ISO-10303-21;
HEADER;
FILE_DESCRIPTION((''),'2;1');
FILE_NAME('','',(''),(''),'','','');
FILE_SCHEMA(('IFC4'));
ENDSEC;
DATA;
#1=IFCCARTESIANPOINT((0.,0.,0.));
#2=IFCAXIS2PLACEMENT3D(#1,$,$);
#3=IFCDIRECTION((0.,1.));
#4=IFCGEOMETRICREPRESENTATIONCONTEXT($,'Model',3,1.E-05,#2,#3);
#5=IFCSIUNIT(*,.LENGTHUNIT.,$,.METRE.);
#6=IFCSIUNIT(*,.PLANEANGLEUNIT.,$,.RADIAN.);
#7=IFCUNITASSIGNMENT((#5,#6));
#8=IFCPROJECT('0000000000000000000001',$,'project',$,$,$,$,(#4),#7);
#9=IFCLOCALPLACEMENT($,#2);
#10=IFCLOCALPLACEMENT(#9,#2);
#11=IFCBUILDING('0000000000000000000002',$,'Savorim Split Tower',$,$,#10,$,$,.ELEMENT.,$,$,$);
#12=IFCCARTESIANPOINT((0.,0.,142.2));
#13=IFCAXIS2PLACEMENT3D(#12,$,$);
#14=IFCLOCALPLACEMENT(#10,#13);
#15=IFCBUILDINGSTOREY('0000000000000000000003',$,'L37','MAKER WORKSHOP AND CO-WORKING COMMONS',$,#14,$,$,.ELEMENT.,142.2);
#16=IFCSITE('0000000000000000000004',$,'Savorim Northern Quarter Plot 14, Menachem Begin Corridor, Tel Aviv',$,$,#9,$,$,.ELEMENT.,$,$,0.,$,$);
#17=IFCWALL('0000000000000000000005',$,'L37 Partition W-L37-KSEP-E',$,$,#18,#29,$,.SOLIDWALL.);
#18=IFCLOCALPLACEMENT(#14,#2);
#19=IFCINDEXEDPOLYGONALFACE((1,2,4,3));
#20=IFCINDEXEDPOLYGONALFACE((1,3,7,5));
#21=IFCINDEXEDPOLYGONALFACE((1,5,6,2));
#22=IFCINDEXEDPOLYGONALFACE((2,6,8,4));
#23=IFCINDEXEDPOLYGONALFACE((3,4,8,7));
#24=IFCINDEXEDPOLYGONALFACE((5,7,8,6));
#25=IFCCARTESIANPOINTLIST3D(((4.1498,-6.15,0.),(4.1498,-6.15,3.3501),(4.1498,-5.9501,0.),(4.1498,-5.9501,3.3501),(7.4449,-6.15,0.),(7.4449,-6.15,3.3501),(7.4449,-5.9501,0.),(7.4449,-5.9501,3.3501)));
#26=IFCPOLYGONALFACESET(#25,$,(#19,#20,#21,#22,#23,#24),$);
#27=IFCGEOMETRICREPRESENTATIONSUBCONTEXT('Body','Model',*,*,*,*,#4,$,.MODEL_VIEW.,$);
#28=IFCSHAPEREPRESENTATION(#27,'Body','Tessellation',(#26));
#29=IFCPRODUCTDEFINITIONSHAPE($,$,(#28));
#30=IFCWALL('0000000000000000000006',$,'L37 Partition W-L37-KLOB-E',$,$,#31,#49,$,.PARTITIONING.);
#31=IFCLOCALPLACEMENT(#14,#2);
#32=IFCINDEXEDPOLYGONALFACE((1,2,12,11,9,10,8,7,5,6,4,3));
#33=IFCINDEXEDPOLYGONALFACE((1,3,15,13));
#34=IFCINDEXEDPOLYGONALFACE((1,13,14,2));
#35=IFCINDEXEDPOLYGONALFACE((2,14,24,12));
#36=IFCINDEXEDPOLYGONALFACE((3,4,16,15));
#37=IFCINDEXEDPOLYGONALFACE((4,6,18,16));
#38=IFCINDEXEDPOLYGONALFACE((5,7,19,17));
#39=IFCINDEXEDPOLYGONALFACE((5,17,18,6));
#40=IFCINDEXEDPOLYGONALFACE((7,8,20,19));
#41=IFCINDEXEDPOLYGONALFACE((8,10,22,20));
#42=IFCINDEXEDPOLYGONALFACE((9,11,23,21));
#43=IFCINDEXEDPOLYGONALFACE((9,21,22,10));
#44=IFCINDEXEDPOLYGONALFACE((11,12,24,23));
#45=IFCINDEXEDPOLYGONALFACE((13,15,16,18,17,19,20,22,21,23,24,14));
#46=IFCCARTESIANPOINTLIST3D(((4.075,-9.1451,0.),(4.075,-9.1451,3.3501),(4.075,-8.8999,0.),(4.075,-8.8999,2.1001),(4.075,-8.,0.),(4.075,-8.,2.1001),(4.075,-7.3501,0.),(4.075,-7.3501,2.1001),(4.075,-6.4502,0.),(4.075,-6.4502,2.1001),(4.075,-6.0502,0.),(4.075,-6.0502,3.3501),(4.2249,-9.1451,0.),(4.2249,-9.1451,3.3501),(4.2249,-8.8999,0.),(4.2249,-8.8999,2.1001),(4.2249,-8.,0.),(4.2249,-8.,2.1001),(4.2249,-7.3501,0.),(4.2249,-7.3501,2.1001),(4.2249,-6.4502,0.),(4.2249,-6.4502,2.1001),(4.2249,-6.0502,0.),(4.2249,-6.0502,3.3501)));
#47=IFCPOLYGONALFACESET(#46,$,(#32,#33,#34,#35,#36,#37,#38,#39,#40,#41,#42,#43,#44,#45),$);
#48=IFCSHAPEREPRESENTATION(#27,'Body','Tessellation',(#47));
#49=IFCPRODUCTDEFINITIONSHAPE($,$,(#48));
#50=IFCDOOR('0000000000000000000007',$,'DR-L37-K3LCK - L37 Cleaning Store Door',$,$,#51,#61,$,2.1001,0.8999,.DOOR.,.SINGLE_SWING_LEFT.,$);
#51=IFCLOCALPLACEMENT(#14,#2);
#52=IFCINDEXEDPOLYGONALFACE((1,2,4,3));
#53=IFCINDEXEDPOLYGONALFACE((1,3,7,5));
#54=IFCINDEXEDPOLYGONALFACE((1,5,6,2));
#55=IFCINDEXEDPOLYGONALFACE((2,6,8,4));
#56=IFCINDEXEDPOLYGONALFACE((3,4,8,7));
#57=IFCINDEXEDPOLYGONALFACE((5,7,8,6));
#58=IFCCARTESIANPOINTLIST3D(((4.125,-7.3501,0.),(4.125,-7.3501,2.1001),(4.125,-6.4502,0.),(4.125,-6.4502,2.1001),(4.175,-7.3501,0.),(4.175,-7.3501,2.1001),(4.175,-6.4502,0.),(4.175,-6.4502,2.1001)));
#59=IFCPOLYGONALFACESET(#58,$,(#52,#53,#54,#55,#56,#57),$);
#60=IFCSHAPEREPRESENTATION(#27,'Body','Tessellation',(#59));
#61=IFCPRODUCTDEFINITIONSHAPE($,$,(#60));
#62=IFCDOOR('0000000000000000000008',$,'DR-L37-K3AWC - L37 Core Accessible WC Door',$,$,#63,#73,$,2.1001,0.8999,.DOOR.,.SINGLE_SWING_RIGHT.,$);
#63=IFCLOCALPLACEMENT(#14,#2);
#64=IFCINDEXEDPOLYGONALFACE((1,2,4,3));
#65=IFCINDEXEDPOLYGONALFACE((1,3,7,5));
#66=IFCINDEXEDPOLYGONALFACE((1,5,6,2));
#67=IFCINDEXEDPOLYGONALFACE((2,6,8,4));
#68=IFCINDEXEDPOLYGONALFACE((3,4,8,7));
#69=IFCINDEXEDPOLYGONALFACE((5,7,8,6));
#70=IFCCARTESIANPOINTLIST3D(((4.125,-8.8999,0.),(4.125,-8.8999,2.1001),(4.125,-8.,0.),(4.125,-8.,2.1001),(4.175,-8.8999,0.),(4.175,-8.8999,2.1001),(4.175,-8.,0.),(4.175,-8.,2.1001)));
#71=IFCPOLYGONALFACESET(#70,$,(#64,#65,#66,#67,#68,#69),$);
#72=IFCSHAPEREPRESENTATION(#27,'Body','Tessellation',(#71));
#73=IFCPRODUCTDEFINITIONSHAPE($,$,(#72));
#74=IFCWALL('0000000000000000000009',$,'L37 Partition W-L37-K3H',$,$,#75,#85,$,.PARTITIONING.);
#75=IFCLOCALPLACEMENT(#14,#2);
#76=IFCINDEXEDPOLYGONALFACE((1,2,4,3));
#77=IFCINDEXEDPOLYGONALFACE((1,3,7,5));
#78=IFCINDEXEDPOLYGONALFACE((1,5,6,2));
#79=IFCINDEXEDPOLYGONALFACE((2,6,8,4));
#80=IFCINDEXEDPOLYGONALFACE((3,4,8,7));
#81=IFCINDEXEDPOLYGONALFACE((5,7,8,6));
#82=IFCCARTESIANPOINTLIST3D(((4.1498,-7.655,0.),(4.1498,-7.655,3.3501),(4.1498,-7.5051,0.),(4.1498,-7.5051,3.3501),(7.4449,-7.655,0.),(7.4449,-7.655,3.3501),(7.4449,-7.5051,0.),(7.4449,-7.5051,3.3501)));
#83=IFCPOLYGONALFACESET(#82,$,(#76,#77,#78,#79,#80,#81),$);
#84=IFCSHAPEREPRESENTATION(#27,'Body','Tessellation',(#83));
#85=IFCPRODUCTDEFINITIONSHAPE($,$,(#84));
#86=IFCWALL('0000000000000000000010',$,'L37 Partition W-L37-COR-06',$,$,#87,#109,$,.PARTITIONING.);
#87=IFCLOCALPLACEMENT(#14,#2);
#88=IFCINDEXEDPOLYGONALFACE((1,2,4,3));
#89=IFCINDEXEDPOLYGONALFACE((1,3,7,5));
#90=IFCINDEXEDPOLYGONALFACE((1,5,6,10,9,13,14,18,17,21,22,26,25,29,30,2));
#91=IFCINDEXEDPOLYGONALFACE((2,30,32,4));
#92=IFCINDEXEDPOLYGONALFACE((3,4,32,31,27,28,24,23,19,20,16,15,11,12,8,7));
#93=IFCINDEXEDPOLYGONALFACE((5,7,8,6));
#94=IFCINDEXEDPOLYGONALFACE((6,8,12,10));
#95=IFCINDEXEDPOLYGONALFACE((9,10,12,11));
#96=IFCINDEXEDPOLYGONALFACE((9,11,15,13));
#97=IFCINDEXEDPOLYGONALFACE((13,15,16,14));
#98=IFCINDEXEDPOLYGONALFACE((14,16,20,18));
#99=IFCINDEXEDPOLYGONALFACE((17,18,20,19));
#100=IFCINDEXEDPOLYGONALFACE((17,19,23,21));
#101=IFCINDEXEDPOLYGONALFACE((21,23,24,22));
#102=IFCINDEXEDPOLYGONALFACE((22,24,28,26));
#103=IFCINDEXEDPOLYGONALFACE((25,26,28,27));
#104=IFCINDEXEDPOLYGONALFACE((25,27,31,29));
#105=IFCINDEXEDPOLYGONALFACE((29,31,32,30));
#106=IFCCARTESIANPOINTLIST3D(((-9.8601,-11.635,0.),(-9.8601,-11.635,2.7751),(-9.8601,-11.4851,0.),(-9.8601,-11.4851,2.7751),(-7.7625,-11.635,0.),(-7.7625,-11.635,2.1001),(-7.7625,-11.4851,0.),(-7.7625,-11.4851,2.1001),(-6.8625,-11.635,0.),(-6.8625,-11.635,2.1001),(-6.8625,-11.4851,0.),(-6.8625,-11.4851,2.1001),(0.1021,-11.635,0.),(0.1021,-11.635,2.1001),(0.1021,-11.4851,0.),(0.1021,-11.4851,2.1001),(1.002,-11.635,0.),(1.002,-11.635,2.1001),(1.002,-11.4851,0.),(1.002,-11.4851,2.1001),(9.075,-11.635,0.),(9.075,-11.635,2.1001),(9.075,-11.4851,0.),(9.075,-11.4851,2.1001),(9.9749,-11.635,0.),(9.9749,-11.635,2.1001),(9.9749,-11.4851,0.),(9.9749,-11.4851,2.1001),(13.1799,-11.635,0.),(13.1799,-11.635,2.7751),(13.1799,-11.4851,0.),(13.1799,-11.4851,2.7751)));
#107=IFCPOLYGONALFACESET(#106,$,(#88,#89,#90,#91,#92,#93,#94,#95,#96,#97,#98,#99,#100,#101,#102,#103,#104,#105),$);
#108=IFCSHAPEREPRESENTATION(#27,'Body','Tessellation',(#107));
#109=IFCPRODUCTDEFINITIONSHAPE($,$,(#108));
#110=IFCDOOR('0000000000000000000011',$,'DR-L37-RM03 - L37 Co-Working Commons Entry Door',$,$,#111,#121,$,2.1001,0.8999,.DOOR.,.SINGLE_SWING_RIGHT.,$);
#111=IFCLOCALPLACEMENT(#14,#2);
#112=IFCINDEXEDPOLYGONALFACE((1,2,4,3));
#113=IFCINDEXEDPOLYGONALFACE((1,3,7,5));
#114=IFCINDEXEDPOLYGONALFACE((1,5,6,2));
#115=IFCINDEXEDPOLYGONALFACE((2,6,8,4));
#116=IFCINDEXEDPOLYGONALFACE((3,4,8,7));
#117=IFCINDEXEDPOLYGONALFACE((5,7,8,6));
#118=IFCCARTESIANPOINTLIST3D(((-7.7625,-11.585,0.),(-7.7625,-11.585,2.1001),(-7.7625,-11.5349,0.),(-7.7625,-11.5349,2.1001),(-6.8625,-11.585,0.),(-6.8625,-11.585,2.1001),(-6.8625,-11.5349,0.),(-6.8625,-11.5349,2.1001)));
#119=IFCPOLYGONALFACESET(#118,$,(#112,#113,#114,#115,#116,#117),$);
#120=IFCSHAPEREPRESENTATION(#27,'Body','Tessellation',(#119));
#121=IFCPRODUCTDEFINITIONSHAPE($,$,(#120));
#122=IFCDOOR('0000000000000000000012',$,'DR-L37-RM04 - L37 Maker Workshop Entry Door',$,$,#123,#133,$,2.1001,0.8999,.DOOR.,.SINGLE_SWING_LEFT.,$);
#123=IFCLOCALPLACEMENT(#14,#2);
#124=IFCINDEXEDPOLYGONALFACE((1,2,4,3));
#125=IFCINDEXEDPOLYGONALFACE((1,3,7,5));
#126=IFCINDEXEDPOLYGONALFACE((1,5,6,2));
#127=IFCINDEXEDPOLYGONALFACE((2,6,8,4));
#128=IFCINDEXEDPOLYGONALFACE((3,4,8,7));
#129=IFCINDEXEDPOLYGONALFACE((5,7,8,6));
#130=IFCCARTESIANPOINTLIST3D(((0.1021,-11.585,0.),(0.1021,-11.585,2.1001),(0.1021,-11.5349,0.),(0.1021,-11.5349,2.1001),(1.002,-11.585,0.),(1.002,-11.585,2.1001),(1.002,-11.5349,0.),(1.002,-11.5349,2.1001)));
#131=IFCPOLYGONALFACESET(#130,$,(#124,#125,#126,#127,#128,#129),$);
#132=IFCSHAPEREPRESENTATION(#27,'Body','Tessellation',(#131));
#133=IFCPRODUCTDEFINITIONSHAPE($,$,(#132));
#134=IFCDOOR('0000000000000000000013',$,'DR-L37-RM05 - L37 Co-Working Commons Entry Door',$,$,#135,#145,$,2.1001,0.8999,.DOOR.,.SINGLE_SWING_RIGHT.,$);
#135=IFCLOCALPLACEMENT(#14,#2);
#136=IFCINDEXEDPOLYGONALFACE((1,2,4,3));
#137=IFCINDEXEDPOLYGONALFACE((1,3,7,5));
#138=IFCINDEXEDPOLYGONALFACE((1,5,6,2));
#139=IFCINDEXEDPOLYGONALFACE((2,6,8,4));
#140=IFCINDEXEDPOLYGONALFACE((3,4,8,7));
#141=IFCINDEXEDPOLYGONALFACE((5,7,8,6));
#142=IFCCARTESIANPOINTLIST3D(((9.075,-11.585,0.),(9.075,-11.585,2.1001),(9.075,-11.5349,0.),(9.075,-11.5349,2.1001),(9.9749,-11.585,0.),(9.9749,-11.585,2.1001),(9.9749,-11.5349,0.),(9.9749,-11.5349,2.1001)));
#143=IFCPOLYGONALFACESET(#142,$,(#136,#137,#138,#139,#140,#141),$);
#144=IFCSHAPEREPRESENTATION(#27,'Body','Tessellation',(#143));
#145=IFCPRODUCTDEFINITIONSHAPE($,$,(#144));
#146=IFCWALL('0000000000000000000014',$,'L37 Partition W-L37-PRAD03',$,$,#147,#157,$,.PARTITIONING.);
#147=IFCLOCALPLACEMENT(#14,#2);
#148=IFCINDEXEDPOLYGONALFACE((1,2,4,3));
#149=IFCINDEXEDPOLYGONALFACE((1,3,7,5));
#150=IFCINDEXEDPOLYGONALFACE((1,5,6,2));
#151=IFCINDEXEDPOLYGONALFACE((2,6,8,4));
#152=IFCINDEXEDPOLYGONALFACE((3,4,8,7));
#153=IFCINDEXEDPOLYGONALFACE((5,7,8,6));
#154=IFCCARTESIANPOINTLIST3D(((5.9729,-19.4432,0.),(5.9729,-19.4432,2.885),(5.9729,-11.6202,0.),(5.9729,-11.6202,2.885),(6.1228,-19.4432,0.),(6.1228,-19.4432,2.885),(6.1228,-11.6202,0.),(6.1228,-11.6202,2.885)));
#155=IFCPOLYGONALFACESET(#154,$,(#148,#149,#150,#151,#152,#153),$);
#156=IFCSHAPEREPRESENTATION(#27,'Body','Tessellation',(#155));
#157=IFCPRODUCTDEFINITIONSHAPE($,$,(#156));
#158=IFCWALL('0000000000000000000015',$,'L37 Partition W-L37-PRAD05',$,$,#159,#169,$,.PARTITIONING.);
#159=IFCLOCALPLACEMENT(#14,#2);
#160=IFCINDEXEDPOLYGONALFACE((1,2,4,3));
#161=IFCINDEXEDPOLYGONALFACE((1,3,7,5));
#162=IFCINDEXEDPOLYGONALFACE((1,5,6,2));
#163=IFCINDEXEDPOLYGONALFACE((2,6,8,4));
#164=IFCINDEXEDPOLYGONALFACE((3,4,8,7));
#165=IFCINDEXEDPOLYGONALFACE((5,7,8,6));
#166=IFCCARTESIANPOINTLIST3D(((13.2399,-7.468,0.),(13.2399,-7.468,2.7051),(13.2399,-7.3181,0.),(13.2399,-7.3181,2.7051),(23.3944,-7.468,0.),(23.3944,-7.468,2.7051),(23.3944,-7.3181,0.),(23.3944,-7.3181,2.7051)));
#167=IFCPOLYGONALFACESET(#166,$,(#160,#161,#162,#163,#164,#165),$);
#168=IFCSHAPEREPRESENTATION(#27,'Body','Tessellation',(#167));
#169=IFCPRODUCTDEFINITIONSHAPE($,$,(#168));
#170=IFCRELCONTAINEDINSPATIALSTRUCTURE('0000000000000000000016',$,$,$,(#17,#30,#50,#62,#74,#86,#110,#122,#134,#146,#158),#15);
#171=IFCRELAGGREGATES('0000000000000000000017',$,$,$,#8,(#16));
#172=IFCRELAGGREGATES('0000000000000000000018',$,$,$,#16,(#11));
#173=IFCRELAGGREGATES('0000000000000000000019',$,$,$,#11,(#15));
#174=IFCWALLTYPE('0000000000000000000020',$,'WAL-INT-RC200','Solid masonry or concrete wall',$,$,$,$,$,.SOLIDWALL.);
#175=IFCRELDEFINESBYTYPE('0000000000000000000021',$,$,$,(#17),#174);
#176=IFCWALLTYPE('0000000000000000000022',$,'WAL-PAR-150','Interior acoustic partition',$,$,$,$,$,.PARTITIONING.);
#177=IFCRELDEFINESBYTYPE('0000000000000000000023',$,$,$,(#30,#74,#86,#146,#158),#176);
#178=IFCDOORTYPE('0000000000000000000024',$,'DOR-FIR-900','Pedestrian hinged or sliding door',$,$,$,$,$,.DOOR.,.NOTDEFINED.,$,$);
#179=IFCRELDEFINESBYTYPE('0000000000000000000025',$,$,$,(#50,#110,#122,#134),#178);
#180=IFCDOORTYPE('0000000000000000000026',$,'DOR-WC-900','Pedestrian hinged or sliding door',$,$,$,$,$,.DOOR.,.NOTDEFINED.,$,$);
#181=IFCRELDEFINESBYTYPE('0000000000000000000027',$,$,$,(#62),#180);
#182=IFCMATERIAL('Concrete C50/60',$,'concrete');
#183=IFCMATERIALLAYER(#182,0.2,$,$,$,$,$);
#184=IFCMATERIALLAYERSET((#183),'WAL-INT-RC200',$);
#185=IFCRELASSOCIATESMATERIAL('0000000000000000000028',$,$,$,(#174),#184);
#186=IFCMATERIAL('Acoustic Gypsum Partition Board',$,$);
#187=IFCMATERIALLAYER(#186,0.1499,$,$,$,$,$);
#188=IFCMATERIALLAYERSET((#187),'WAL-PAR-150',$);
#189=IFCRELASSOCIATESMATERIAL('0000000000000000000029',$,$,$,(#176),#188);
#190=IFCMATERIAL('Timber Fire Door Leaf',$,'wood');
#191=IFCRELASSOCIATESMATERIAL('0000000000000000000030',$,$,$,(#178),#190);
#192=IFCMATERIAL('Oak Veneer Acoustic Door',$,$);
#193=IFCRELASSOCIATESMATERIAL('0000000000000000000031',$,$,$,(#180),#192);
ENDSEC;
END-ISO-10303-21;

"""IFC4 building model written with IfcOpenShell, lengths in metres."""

from ifc_helpers import new_model, si_unit, direction, frame, frame_2d, origin, place, context, subcontext, project, spatial, rectangle, extrude, material, layer, layer_set, type_object, element, fill, save


model = new_model("IFC4")

# Units and contexts
model_context = context("Model", 3, precision=1e-05, world=origin(), true_north=direction((0.0, 1.0)))
body_context = subcontext(model_context, "Body", "Model", "MODEL_VIEW")
ifc_project = project(units=[si_unit("LENGTHUNIT", "METRE"), si_unit("PLANEANGLEUNIT", "RADIAN")], contexts=[model_context])

# Site, building, storey
site_placement = place(None, origin())
site = spatial("IfcSite", under=ifc_project, at=site_placement, Name="Savorim Northern Quarter Plot 14, Menachem Begin Corridor, Tel Aviv", CompositionType="ELEMENT", RefElevation=0.0)
building_placement = place(site_placement, origin())
building = spatial("IfcBuilding", under=site, at=building_placement, Name="Savorim Split Tower", CompositionType="ELEMENT")
storey_placement = place(building_placement, frame((0.0, 0.0, 142.2)))
storey = spatial("IfcBuildingStorey", under=building, at=storey_placement, Name="L37", Description="MAKER WORKSHOP AND CO-WORKING COMMONS", CompositionType="ELEMENT", Elevation=142.2)

# Shared definitions
ifc_material_1 = material(Name="Concrete C50/60", Category="concrete")
ifc_layer_1 = layer(ifc_material_1, 0.2)
ifc_layer_set_1 = layer_set([ifc_layer_1], Name="WAL-INT-RC200")
wall_type_1 = type_object("IfcWallType", Name="WAL-INT-RC200", Description="Solid masonry or concrete wall", PredefinedType="SOLIDWALL", material=ifc_layer_set_1)
ifc_material_2 = material(Name="Timber Fire Door Leaf", Category="wood")

# Wall
wall_1_placement = place(storey_placement, frame((4.1499, -6.05, 0.0), z_axis=(0.0, 0.0, 1.0), x_axis=(1.0, 0.0, 0.0)))
element("IfcWall", 1, at=wall_1_placement, inside=storey, type_object=wall_type_1, Name="L37 Partition W-L37-KSEP-E", PredefinedType="SOLIDWALL", context=body_context, shape_type="SweptSolid", body=[
    extrude(rectangle(XDim=3.2952, YDim=0.2, at=frame_2d((1.6475, 0.0))), origin(), (0.0, 0.0, 1.0), 3.3501),
])

# Wall, openings, doors
ifc_material_3 = material(Name="Acoustic Gypsum Partition Board")
ifc_layer_2 = layer(ifc_material_3, 0.1499)
ifc_layer_set_2 = layer_set([ifc_layer_2], Name="WAL-PAR-150")
wall_type_2 = type_object("IfcWallType", Name="WAL-PAR-150", Description="Interior acoustic partition", PredefinedType="PARTITIONING", material=ifc_layer_set_2)
wall_2_placement = place(storey_placement, frame((4.1499, -9.145, 0.0), z_axis=(0.0, 0.0, 1.0), x_axis=(0.0, 1.0, 0.0)))
wall_2 = element("IfcWall", 2, at=wall_2_placement, inside=storey, type_object=wall_type_2, Name="L37 Partition W-L37-KLOB-E", PredefinedType="PARTITIONING", context=body_context, shape_type="SweptSolid", body=[
    extrude(rectangle(XDim=3.095, YDim=0.1499, at=frame_2d((1.5474, 0.0))), origin(), (0.0, 0.0, 1.0), 3.3501),
])
opening_1_placement = place(wall_2_placement, frame((0.2451, 0.0, 0.0)))
opening_1 = element("IfcOpeningElement", 3, at=opening_1_placement, cuts=wall_2, PredefinedType="OPENING", context=body_context, shape_type="SweptSolid", body=[
    extrude(rectangle(XDim=0.8999, YDim=2.1001, at=frame_2d((0.45, 1.05))), frame((0.0, 0.085, 0.0), z_axis=(0.0, -1.0, 0.0), x_axis=(1.0, 0.0, 0.0)), (0.0, 0.0, 1.0), 0.1699),
])
opening_2_placement = place(wall_2_placement, frame((1.7949, 0.0, 0.0)))
opening_2 = element("IfcOpeningElement", 4, at=opening_2_placement, cuts=wall_2, PredefinedType="OPENING", context=body_context, shape_type="SweptSolid", body=[
    extrude(rectangle(XDim=0.8999, YDim=2.1001, at=frame_2d((0.45, 1.05))), frame((0.0, 0.085, 0.0), z_axis=(0.0, -1.0, 0.0), x_axis=(1.0, 0.0, 0.0)), (0.0, 0.0, 1.0), 0.1699),
])
door_type_1 = type_object("IfcDoorType", Name="DOR-FIR-900", Description="Pedestrian hinged or sliding door", OperationType="NOTDEFINED", PredefinedType="DOOR", material=ifc_material_2)
door_1_placement = place(opening_2_placement, origin())
door_1 = element("IfcDoor", 5, at=door_1_placement, inside=storey, type_object=door_type_1, Name="DR-L37-K3LCK - L37 Cleaning Store Door", OperationType="SINGLE_SWING_LEFT", OverallHeight=2.1001, OverallWidth=0.8999, PredefinedType="DOOR", context=body_context, shape_type="SweptSolid", body=[
    extrude(rectangle(XDim=0.8999, YDim=2.1001, at=frame_2d((0.45, 1.05))), frame((0.0, 0.0249, 0.0), z_axis=(0.0, -1.0, 0.0), x_axis=(1.0, 0.0, 0.0)), (0.0, 0.0, 1.0), 0.05),
])
fill(opening_2, door_1)
ifc_material_4 = material(Name="Oak Veneer Acoustic Door")
door_type_2 = type_object("IfcDoorType", Name="DOR-WC-900", Description="Pedestrian hinged or sliding door", OperationType="NOTDEFINED", PredefinedType="DOOR", material=ifc_material_4)
door_2_placement = place(opening_1_placement, origin())
door_2 = element("IfcDoor", 6, at=door_2_placement, inside=storey, type_object=door_type_2, Name="DR-L37-K3AWC - L37 Core Accessible WC Door", OperationType="SINGLE_SWING_RIGHT", OverallHeight=2.1001, OverallWidth=0.8999, PredefinedType="DOOR", context=body_context, shape_type="SweptSolid", body=[
    extrude(rectangle(XDim=0.8999, YDim=2.1001, at=frame_2d((0.45, 1.05))), frame((0.0, 0.0249, 0.0), z_axis=(0.0, -1.0, 0.0), x_axis=(1.0, 0.0, 0.0)), (0.0, 0.0, 1.0), 0.05),
])
fill(opening_1, door_2)

# Wall
wall_3_placement = place(storey_placement, frame((4.1499, -7.5801, 0.0), z_axis=(0.0, 0.0, 1.0), x_axis=(1.0, 0.0, 0.0)))
element("IfcWall", 7, at=wall_3_placement, inside=storey, type_object=wall_type_2, Name="L37 Partition W-L37-K3H", PredefinedType="PARTITIONING", context=body_context, shape_type="SweptSolid", body=[
    extrude(rectangle(XDim=3.2952, YDim=0.1499, at=frame_2d((1.6475, 0.0))), origin(), (0.0, 0.0, 1.0), 3.3501),
])

# Wall, openings, doors
wall_4_placement = place(storey_placement, frame((13.1799, -11.5601, 0.0), z_axis=(0.0, 0.0, 1.0), x_axis=(-1.0, 0.0, 0.0)))
wall_4 = element("IfcWall", 8, at=wall_4_placement, inside=storey, type_object=wall_type_2, Name="L37 Partition W-L37-COR-06", PredefinedType="PARTITIONING", context=body_context, shape_type="SweptSolid", body=[
    extrude(rectangle(XDim=23.04, YDim=0.1499, at=frame_2d((11.52, 0.0))), origin(), (0.0, 0.0, 1.0), 2.7751),
])
opening_3_placement = place(wall_4_placement, frame((20.0425, 0.0, 0.0)))
opening_3 = element("IfcOpeningElement", 9, at=opening_3_placement, cuts=wall_4, PredefinedType="OPENING", context=body_context, shape_type="SweptSolid", body=[
    extrude(rectangle(XDim=0.8999, YDim=2.1001, at=frame_2d((0.45, 1.05))), frame((0.0, 0.085, 0.0), z_axis=(0.0, -1.0, 0.0), x_axis=(1.0, 0.0, 0.0)), (0.0, 0.0, 1.0), 0.1699),
])
opening_4_placement = place(wall_4_placement, frame((12.178, 0.0, 0.0)))
opening_4 = element("IfcOpeningElement", 10, at=opening_4_placement, cuts=wall_4, PredefinedType="OPENING", context=body_context, shape_type="SweptSolid", body=[
    extrude(rectangle(XDim=0.8999, YDim=2.1001, at=frame_2d((0.45, 1.05))), frame((0.0, 0.085, 0.0), z_axis=(0.0, -1.0, 0.0), x_axis=(1.0, 0.0, 0.0)), (0.0, 0.0, 1.0), 0.1699),
])
opening_5_placement = place(wall_4_placement, frame((3.2051, 0.0, 0.0)))
opening_5 = element("IfcOpeningElement", 11, at=opening_5_placement, cuts=wall_4, PredefinedType="OPENING", context=body_context, shape_type="SweptSolid", body=[
    extrude(rectangle(XDim=0.8999, YDim=2.1001, at=frame_2d((0.45, 1.05))), frame((0.0, 0.085, 0.0), z_axis=(0.0, -1.0, 0.0), x_axis=(1.0, 0.0, 0.0)), (0.0, 0.0, 1.0), 0.1699),
])
door_3_placement = place(opening_3_placement, origin())
door_3 = element("IfcDoor", 12, at=door_3_placement, inside=storey, type_object=door_type_1, Name="DR-L37-RM03 - L37 Co-Working Commons Entry Door", OperationType="SINGLE_SWING_RIGHT", OverallHeight=2.1001, OverallWidth=0.8999, PredefinedType="DOOR", context=body_context, shape_type="SweptSolid", body=[
    extrude(rectangle(XDim=0.8999, YDim=2.1001, at=frame_2d((0.45, 1.05))), frame((0.0, 0.0249, 0.0), z_axis=(0.0, -1.0, 0.0), x_axis=(1.0, 0.0, 0.0)), (0.0, 0.0, 1.0), 0.05),
])
fill(opening_3, door_3)
door_4_placement = place(opening_4_placement, origin())
door_4 = element("IfcDoor", 13, at=door_4_placement, inside=storey, type_object=door_type_1, Name="DR-L37-RM04 - L37 Maker Workshop Entry Door", OperationType="SINGLE_SWING_LEFT", OverallHeight=2.1001, OverallWidth=0.8999, PredefinedType="DOOR", context=body_context, shape_type="SweptSolid", body=[
    extrude(rectangle(XDim=0.8999, YDim=2.1001, at=frame_2d((0.45, 1.05))), frame((0.0, 0.0249, 0.0), z_axis=(0.0, -1.0, 0.0), x_axis=(1.0, 0.0, 0.0)), (0.0, 0.0, 1.0), 0.05),
])
fill(opening_4, door_4)
door_5_placement = place(opening_5_placement, origin())
door_5 = element("IfcDoor", 14, at=door_5_placement, inside=storey, type_object=door_type_1, Name="DR-L37-RM05 - L37 Co-Working Commons Entry Door", OperationType="SINGLE_SWING_RIGHT", OverallHeight=2.1001, OverallWidth=0.8999, PredefinedType="DOOR", context=body_context, shape_type="SweptSolid", body=[
    extrude(rectangle(XDim=0.8999, YDim=2.1001, at=frame_2d((0.45, 1.05))), frame((0.0, 0.0249, 0.0), z_axis=(0.0, -1.0, 0.0), x_axis=(1.0, 0.0, 0.0)), (0.0, 0.0, 1.0), 0.05),
])
fill(opening_5, door_5)

# Walls
wall_5_placement = place(storey_placement, frame((6.0479, -11.6201, 0.0), z_axis=(0.0, 0.0, 1.0), x_axis=(0.0, -1.0, 0.0)))
element("IfcWall", 15, at=wall_5_placement, inside=storey, type_object=wall_type_2, Name="L37 Partition W-L37-PRAD03", PredefinedType="PARTITIONING", context=body_context, shape_type="SweptSolid", body=[
    extrude(rectangle(XDim=7.823, YDim=0.1499, at=frame_2d((3.9116, 0.0))), origin(), (0.0, 0.0, 1.0), 2.885),
])
wall_6_placement = place(storey_placement, frame((13.24, -7.3931, 0.0), z_axis=(0.0, 0.0, 1.0), x_axis=(1.0, 0.0, 0.0)))
element("IfcWall", 16, at=wall_6_placement, inside=storey, type_object=wall_type_2, Name="L37 Partition W-L37-PRAD05", PredefinedType="PARTITIONING", context=body_context, shape_type="SweptSolid", body=[
    extrude(rectangle(XDim=10.1545, YDim=0.1499, at=frame_2d((5.0771, 0.0))), origin(), (0.0, 0.0, 1.0), 2.7051),
])

save(model, "model.ifc")
